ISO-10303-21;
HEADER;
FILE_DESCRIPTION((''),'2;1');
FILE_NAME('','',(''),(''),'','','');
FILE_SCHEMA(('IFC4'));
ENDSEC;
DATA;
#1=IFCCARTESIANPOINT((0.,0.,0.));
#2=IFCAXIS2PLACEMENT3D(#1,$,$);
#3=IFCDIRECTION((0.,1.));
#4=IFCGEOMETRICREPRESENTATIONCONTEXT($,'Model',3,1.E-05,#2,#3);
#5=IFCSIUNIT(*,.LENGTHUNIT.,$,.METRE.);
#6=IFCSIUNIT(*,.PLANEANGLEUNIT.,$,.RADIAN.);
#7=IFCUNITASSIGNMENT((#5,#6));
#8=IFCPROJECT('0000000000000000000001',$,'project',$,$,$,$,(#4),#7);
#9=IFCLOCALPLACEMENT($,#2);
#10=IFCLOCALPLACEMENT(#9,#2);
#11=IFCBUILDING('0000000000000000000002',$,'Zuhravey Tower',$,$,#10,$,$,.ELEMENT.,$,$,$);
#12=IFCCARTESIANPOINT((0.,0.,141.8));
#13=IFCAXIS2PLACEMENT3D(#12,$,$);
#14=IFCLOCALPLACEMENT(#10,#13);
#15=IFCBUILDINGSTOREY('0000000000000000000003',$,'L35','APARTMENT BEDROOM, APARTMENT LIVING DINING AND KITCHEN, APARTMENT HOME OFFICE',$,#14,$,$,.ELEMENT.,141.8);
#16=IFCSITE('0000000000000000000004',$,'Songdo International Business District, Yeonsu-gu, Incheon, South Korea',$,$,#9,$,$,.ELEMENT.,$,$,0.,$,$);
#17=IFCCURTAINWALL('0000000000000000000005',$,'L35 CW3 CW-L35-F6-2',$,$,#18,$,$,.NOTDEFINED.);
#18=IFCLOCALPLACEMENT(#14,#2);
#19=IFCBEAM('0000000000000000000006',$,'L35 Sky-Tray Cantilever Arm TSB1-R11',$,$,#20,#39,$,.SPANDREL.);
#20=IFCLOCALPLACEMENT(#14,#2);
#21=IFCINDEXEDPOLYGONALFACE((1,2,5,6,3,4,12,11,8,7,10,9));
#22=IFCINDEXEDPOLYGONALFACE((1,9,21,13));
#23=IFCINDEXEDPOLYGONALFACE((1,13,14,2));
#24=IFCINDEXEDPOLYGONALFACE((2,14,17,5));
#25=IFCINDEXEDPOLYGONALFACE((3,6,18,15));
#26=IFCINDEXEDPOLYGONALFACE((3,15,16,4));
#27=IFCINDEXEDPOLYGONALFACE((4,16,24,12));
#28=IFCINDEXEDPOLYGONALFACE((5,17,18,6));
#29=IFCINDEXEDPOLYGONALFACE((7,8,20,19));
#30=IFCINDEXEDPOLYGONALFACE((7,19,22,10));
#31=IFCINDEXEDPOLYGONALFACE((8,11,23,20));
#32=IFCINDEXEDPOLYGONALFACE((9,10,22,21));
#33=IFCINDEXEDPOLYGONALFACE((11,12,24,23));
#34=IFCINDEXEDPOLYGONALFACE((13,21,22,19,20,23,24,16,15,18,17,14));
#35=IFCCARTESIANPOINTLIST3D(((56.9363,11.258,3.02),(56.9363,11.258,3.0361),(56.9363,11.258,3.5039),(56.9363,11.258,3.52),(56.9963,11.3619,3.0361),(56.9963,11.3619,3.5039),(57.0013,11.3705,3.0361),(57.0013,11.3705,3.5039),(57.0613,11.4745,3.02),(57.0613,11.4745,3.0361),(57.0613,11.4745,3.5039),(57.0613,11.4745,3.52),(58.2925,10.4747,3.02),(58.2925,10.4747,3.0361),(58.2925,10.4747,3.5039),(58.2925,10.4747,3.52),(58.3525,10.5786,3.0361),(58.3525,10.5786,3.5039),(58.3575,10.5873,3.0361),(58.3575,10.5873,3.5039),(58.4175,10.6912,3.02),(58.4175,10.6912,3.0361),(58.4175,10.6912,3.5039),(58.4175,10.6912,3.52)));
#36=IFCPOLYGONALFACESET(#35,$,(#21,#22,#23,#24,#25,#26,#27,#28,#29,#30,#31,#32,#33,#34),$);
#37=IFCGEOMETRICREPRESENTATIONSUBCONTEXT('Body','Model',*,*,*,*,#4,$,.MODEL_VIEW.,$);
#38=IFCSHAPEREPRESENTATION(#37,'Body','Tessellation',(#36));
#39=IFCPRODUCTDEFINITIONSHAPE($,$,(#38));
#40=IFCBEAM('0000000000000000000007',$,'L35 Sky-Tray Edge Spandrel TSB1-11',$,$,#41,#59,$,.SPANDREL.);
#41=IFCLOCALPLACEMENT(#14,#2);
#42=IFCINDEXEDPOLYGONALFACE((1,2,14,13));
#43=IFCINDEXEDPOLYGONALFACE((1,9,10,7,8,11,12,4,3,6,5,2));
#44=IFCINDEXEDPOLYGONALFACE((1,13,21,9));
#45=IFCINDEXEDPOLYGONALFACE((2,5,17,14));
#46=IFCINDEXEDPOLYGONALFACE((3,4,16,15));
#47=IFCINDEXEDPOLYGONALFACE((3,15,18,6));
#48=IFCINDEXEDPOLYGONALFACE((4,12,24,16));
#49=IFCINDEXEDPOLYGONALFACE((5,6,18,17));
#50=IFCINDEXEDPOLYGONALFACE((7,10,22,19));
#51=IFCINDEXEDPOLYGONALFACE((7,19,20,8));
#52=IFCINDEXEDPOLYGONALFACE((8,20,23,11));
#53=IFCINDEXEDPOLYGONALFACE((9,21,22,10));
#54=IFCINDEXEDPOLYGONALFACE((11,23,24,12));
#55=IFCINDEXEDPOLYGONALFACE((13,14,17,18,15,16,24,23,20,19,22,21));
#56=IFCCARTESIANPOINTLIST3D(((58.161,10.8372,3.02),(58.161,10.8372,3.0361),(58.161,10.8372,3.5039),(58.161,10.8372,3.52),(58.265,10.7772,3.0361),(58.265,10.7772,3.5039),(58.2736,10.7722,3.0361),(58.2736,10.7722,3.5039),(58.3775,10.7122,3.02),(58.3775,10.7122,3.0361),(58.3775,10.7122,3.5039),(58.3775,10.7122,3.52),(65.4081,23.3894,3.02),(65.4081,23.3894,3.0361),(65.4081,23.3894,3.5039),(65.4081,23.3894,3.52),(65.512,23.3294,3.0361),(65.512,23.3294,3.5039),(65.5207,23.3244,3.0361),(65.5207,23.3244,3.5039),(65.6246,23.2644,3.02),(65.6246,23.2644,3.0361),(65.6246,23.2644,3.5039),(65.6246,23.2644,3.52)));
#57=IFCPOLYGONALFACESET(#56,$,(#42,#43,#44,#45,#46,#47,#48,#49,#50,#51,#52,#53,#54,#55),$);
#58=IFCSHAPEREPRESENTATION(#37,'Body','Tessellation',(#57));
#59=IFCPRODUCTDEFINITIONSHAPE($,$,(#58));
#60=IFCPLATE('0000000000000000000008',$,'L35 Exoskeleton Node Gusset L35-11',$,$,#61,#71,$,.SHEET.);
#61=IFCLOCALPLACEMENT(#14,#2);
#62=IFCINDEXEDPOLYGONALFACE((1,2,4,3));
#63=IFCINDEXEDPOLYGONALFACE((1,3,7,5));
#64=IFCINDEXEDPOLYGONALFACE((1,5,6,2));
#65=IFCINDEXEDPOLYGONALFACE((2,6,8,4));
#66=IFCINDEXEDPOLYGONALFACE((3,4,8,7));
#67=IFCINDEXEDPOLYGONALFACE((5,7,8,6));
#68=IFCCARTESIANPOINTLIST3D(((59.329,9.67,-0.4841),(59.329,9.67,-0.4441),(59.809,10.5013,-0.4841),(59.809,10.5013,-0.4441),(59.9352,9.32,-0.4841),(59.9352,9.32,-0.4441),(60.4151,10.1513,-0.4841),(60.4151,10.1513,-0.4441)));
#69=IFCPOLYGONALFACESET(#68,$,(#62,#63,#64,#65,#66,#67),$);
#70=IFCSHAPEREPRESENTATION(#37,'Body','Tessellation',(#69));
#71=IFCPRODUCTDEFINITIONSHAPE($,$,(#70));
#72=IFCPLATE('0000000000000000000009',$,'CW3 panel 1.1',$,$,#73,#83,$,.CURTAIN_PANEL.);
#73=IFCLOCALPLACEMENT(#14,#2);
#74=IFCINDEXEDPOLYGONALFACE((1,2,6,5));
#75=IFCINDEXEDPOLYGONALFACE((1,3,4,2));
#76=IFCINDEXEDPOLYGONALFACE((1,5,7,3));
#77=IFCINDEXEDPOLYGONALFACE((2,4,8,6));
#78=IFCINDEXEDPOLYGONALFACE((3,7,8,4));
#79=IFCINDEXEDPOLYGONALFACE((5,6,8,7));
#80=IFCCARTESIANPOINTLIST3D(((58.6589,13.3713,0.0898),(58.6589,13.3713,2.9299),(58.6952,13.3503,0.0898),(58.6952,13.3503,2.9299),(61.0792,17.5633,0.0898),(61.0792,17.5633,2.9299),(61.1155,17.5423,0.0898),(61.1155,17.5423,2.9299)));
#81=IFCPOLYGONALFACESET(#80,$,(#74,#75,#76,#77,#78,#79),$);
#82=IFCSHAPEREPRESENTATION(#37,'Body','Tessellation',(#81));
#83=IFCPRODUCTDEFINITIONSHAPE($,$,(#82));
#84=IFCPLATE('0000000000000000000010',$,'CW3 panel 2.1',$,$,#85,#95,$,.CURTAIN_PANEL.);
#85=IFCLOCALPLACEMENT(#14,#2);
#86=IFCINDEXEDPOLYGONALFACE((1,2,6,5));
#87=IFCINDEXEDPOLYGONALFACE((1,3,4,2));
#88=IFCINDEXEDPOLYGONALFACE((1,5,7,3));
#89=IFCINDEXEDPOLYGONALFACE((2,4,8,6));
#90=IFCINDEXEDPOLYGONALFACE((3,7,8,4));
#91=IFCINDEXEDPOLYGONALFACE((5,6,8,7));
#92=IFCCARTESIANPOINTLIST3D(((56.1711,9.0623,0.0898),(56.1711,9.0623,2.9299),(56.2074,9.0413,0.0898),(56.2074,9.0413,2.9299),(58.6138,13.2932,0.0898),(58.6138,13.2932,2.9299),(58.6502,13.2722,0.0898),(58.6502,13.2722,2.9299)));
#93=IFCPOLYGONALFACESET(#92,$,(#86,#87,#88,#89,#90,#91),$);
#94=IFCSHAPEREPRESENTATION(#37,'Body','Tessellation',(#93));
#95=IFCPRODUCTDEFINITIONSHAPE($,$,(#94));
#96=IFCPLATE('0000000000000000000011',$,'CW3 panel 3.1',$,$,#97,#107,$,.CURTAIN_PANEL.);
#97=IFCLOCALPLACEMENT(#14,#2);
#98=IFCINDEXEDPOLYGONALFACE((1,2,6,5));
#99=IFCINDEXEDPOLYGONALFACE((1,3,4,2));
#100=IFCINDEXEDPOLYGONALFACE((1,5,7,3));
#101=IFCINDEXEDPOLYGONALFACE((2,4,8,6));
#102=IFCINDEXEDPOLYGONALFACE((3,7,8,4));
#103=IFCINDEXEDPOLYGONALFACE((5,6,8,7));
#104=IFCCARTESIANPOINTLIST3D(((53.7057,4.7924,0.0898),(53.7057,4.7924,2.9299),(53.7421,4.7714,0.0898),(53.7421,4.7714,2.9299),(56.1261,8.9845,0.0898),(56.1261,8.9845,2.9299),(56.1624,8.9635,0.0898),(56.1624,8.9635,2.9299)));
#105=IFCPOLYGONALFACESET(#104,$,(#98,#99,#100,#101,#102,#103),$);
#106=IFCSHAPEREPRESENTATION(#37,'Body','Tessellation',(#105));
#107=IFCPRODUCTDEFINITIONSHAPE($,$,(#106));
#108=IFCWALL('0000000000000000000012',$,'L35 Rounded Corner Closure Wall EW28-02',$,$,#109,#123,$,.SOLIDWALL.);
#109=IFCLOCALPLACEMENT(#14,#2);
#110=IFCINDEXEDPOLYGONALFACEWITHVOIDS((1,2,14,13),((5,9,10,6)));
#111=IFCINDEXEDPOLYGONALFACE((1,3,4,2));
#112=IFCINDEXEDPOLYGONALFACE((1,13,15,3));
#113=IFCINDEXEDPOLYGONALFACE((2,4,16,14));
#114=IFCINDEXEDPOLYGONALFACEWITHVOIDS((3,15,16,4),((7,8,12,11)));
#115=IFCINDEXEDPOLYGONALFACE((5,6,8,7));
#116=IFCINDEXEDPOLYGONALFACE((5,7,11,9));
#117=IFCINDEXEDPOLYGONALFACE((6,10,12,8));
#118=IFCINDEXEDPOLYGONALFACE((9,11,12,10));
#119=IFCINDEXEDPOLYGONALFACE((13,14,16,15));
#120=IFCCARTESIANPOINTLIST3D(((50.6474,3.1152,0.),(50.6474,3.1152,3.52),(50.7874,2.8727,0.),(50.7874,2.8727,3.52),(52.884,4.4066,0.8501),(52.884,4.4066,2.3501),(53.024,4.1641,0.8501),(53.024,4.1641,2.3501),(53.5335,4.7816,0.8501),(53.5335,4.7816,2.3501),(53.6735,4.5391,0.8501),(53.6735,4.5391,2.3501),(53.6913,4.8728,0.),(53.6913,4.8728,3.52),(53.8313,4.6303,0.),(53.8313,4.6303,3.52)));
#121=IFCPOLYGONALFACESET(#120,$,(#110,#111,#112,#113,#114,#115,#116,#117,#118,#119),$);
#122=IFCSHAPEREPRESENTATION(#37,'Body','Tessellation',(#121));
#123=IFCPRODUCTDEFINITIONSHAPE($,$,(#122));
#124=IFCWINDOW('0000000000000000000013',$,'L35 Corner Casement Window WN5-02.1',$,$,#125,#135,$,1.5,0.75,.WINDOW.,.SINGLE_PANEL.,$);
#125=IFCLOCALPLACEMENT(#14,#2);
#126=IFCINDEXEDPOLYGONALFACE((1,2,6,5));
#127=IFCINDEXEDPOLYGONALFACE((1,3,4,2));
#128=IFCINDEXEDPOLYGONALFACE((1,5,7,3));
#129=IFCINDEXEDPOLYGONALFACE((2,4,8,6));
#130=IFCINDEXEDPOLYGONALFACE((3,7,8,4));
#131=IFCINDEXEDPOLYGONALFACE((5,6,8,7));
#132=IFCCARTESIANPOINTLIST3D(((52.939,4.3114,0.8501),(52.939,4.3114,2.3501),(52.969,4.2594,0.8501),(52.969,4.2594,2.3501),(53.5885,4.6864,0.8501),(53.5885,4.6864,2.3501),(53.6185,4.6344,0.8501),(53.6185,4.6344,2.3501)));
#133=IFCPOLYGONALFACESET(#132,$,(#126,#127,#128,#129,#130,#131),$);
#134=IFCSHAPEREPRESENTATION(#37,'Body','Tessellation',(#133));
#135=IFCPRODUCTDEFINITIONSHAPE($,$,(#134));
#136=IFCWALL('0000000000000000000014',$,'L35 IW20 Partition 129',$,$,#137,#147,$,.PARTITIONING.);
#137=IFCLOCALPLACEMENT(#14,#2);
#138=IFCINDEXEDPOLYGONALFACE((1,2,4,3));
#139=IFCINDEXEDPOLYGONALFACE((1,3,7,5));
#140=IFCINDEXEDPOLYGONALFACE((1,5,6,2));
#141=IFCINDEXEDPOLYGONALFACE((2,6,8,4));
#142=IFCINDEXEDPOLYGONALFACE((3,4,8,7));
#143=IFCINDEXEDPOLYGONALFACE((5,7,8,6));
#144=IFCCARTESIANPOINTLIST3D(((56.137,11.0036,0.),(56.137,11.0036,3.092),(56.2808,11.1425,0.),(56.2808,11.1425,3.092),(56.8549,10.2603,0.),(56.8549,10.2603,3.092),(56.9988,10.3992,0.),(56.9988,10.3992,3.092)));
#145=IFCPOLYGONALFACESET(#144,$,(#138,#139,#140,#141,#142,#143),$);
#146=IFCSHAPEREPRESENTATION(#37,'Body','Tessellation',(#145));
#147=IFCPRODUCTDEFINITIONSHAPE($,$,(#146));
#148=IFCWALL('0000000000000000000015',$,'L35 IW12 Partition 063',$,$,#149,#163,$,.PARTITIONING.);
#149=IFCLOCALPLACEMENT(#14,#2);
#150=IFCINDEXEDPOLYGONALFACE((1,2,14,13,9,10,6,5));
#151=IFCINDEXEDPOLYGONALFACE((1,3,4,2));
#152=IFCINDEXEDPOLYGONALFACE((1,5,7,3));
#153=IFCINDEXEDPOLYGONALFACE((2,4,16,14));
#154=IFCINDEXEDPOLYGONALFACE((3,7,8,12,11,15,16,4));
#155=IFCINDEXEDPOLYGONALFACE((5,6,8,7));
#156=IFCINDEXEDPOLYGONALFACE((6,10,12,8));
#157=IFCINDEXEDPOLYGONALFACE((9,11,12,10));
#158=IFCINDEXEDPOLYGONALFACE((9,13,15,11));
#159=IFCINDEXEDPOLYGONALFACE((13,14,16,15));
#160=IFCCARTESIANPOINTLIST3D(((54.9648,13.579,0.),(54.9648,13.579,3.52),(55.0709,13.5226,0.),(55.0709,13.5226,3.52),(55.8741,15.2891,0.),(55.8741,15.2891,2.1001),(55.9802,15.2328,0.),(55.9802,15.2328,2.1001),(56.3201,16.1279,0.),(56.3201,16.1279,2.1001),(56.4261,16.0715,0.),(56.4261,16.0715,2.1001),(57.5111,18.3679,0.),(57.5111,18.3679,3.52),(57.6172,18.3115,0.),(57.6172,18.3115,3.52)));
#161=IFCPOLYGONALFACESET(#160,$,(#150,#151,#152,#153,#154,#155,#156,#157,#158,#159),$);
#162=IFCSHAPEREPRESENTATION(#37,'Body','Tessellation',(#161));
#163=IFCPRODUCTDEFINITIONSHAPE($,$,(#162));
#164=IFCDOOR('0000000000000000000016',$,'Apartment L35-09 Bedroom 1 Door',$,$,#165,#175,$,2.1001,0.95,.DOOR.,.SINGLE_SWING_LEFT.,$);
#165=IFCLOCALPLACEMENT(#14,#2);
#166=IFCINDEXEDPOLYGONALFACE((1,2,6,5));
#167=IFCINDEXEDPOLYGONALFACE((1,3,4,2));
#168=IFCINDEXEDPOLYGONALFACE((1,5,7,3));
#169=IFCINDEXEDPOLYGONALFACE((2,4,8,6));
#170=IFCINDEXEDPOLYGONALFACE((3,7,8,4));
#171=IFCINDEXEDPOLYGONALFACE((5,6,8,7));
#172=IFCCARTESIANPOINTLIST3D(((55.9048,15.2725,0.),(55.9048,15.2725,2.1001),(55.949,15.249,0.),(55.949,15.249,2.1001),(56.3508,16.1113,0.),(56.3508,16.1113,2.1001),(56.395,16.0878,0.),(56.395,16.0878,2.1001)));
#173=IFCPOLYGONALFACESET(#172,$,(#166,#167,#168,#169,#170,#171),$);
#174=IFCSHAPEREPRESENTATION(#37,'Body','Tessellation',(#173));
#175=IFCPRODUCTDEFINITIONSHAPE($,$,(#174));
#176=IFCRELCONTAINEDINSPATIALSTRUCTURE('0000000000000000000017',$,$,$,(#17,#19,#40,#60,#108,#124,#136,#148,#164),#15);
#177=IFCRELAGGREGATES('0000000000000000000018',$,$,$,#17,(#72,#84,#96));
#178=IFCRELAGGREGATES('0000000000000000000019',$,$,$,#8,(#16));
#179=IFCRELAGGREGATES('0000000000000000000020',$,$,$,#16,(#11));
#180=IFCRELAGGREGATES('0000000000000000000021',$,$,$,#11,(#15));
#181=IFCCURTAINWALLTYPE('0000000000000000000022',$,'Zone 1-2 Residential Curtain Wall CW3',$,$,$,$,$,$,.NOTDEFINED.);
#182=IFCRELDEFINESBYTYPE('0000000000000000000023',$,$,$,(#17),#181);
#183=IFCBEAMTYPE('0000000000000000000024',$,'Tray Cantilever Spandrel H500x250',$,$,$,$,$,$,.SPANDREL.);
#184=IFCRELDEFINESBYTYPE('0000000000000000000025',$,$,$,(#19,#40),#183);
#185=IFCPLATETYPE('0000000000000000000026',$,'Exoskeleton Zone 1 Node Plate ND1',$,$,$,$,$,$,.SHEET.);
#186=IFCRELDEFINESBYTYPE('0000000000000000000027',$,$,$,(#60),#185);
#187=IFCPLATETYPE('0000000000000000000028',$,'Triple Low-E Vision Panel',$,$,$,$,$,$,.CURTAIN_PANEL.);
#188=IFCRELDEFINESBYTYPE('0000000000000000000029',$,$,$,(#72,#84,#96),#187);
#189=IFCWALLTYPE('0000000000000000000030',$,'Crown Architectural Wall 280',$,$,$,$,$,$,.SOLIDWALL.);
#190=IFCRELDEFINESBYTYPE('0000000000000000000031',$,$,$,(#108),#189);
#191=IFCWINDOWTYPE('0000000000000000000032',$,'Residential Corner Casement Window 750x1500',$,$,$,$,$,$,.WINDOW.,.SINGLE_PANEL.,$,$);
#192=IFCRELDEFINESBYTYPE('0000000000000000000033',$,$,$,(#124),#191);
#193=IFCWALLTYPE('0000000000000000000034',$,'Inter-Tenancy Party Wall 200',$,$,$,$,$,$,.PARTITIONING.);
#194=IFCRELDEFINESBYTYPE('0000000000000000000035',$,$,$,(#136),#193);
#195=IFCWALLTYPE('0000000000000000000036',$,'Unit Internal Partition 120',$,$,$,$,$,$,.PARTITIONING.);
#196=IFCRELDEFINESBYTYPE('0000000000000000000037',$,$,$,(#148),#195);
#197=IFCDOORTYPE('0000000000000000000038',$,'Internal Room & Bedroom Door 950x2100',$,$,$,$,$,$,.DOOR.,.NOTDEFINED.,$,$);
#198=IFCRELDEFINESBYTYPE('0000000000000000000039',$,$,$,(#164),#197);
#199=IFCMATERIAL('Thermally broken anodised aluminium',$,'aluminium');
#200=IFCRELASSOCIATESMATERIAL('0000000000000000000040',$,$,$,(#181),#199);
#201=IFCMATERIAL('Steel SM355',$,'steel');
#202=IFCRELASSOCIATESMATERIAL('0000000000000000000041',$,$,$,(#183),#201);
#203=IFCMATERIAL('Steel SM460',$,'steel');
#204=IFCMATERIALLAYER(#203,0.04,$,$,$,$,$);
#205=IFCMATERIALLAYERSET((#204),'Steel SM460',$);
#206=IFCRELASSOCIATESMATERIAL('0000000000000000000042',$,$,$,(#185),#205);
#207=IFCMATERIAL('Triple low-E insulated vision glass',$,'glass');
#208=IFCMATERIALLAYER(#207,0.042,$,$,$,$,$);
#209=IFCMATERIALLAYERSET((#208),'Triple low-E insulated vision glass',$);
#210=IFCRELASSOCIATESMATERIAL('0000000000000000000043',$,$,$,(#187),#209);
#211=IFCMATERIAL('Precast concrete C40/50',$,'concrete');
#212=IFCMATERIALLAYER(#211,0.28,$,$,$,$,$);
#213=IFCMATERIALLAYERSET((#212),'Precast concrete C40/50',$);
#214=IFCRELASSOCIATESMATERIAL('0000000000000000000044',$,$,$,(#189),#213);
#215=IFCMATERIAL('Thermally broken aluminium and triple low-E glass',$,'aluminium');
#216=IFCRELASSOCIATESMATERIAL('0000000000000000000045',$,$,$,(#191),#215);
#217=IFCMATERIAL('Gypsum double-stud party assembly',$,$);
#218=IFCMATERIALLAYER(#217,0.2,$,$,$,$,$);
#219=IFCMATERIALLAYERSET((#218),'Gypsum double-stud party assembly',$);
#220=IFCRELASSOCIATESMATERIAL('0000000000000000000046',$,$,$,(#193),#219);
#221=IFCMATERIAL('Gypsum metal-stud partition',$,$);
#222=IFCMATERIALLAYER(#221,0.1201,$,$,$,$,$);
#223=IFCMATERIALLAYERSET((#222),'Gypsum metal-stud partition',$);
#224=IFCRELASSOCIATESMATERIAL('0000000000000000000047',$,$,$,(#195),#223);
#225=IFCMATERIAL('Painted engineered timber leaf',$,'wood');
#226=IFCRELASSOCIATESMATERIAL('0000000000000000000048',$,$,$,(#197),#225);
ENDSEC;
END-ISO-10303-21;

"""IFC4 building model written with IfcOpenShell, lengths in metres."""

from ifc_helpers import new_model, si_unit, direction, frame, frame_2d, origin, origin_2d, place, context, subcontext, project, spatial, rectangle, i_section, extrude, material, layer, layer_set, material_profile, profile_set, type_object, element, fill, aggregate, save


model = new_model("IFC4")

# Units and contexts
model_context = context("Model", 3, precision=1e-05, world=origin(), true_north=direction((0.0, 1.0)))
body_context = subcontext(model_context, "Body", "Model", "MODEL_VIEW")
ifc_project = project(units=[si_unit("LENGTHUNIT", "METRE"), si_unit("PLANEANGLEUNIT", "RADIAN")], contexts=[model_context])

# Site, building, storey
site_placement = place(None, origin())
site = spatial("IfcSite", under=ifc_project, at=site_placement, Name="Songdo International Business District, Yeonsu-gu, Incheon, South Korea", CompositionType="ELEMENT", RefElevation=0.0)
building_placement = place(site_placement, origin())
building = spatial("IfcBuilding", under=site, at=building_placement, Name="Zuhravey Tower", CompositionType="ELEMENT")
storey_placement = place(building_placement, frame((0.0, 0.0, 141.8)))
storey = spatial("IfcBuildingStorey", under=building, at=storey_placement, Name="L35", Description="APARTMENT BEDROOM, APARTMENT LIVING DINING AND KITCHEN, APARTMENT HOME OFFICE", CompositionType="ELEMENT", Elevation=141.8)

# Curtain wall
ifc_material_1 = material(Name="Thermally broken anodised aluminium", Category="aluminium")
curtain_wall_type = type_object("IfcCurtainWallType", Name="Zone 1-2 Residential Curtain Wall CW3", PredefinedType="NOTDEFINED", material=ifc_material_1)
curtain_wall_1_placement = place(storey_placement, origin())
curtain_wall_1 = element("IfcCurtainWall", 1, at=curtain_wall_1_placement, inside=storey, type_object=curtain_wall_type, Name="L35 CW3 CW-L35-F6-2", PredefinedType="NOTDEFINED")

# Shared definitions
ifc_material_2 = material(Name="Steel SM460", Category="steel")

# Shared definitions
ifc_material_3 = material(Name="Steel SM355", Category="steel")

# Beams
ifc_material_profile_1 = material_profile(ifc_material_3, i_section(OverallWidth=0.25, OverallDepth=0.5, WebThickness=0.01, FlangeThickness=0.0161, at=origin_2d()), Name="H-500x250x10x16")
ifc_profile_set_1 = profile_set([ifc_material_profile_1], Name="Steel SM355")
beam_type_1 = type_object("IfcBeamType", Name="Tray Cantilever Spandrel H500x250", PredefinedType="SPANDREL", material=ifc_profile_set_1)
beam_1_placement = place(storey_placement, frame((56.9988, 11.3662, 3.27), z_axis=(0.86597, -0.500096, 0.0), x_axis=(0.500096, 0.86597, 0.0)))
element("IfcBeam", 2, at=beam_1_placement, inside=storey, type_object=beam_type_1, Name="L35 Sky-Tray Cantilever Arm TSB1-R11", PredefinedType="SPANDREL", context=body_context, shape_type="SweptSolid", body=[
    extrude(i_section(OverallWidth=0.25, OverallDepth=0.5, WebThickness=0.01, FlangeThickness=0.0161, at=origin_2d()), origin(), (0.0, 0.0, 1.0), 1.5662),
])
beam_2_placement = place(storey_placement, frame((58.2693, 10.7747, 3.27), z_axis=(0.500001, 0.866025, 0.0), x_axis=(-0.866025, 0.500001, 0.0)))
element("IfcBeam", 3, at=beam_2_placement, inside=storey, type_object=beam_type_1, Name="L35 Sky-Tray Edge Spandrel TSB1-11", PredefinedType="SPANDREL", context=body_context, shape_type="SweptSolid", body=[
    extrude(i_section(OverallWidth=0.25, OverallDepth=0.5, WebThickness=0.01, FlangeThickness=0.0161, at=origin_2d()), origin(), (0.0, 0.0, 1.0), 14.4941),
])

# Plates
ifc_layer_1 = layer(ifc_material_2, 0.04)
ifc_layer_set_1 = layer_set([ifc_layer_1], Name="Steel SM460")
plate_type_1 = type_object("IfcPlateType", Name="Exoskeleton Zone 1 Node Plate ND1", PredefinedType="SHEET", material=ifc_layer_set_1)
plate_1_placement = place(storey_placement, frame((59.8721, 9.9106, -0.4841), z_axis=(0.0, 0.0, 1.0), x_axis=(0.5, 0.866025, 0.0)))
element("IfcPlate", 4, at=plate_1_placement, inside=storey, type_object=plate_type_1, Name="L35 Exoskeleton Node Gusset L35-11", PredefinedType="SHEET", context=body_context, shape_type="SweptSolid", body=[
    extrude(rectangle(XDim=0.96, YDim=0.7, at=origin_2d()), origin(), (0.0, 0.0, 1.0), 0.04),
])
ifc_material_4 = material(Name="Triple low-E insulated vision glass", Category="glass")
ifc_layer_2 = layer(ifc_material_4, 0.042)
ifc_layer_set_2 = layer_set([ifc_layer_2], Name="Triple low-E insulated vision glass")
plate_type_2 = type_object("IfcPlateType", Name="Triple Low-E Vision Panel", PredefinedType="CURTAIN_PANEL", material=ifc_layer_set_2)
plate_2_placement = place(storey_placement, frame((59.8872, 15.4568, 0.0898), z_axis=(0.0, 0.0, 1.0), x_axis=(-0.500003, -0.866023, 0.0)))
plate_2 = element("IfcPlate", 5, at=plate_2_placement, type_object=plate_type_2, Name="CW3 panel 1.1", PredefinedType="CURTAIN_PANEL", context=body_context, shape_type="SweptSolid", body=[
    extrude(rectangle(XDim=4.8406, YDim=0.042, at=origin_2d()), origin(), (0.0, 0.0, 1.0), 2.8401),
])
plate_3_placement = place(storey_placement, frame((57.4106, 11.1672, 0.0898), z_axis=(0.0, 0.0, 1.0), x_axis=(-0.500003, -0.866023, 0.0)))
plate_3 = element("IfcPlate", 6, at=plate_3_placement, type_object=plate_type_2, Name="CW3 panel 2.1", PredefinedType="CURTAIN_PANEL", context=body_context, shape_type="SweptSolid", body=[
    extrude(rectangle(XDim=4.8855, YDim=0.042, at=origin_2d()), origin(), (0.0, 0.0, 1.0), 2.8401),
])
plate_4_placement = place(storey_placement, frame((54.9341, 6.8779, 0.0898), z_axis=(0.0, 0.0, 1.0), x_axis=(-0.500003, -0.866023, 0.0)))
plate_4 = element("IfcPlate", 7, at=plate_4_placement, type_object=plate_type_2, Name="CW3 panel 3.1", PredefinedType="CURTAIN_PANEL", context=body_context, shape_type="SweptSolid", body=[
    extrude(rectangle(XDim=4.8406, YDim=0.042, at=origin_2d()), origin(), (0.0, 0.0, 1.0), 2.8401),
])
aggregate(curtain_wall_1, [plate_2, plate_3, plate_4])

# Wall, opening, window
ifc_material_5 = material(Name="Precast concrete C40/50", Category="concrete")
ifc_layer_3 = layer(ifc_material_5, 0.28)
ifc_layer_set_3 = layer_set([ifc_layer_3], Name="Precast concrete C40/50")
wall_type_1 = type_object("IfcWallType", Name="Crown Architectural Wall 280", PredefinedType="SOLIDWALL", material=ifc_layer_set_3)
wall_1_placement = place(storey_placement, frame((53.7612, 4.7515, 0.0), z_axis=(0.0, 0.0, 1.0), x_axis=(-0.866007, -0.500031, 0.0)))
wall_1 = element("IfcWall", 8, at=wall_1_placement, inside=storey, type_object=wall_type_1, Name="L35 Rounded Corner Closure Wall EW28-02", PredefinedType="SOLIDWALL", context=body_context, shape_type="SweptSolid", body=[
    extrude(rectangle(XDim=3.5149, YDim=0.28, at=frame_2d((1.7573, 0.0))), origin(), (0.0, 0.0, 1.0), 3.52),
])
opening_1_placement = place(wall_1_placement, frame((0.1821, 0.0, 0.8501)))
opening_1 = element("IfcOpeningElement", 9, at=opening_1_placement, cuts=wall_1, PredefinedType="OPENING", context=body_context, shape_type="SweptSolid", body=[
    extrude(rectangle(XDim=0.75, YDim=1.5, at=frame_2d((0.375, 0.75))), frame((0.0, 0.1521, 0.0), z_axis=(0.0, -1.0, 0.0), x_axis=(1.0, 0.0, 0.0)), (0.0, 0.0, 1.0), 0.304),
])
ifc_material_6 = material(Name="Thermally broken aluminium and triple low-E glass", Category="aluminium")
window_type = type_object("IfcWindowType", Name="Residential Corner Casement Window 750x1500", PartitioningType="SINGLE_PANEL", PredefinedType="WINDOW", material=ifc_material_6)
window_placement = place(opening_1_placement, origin())
window = element("IfcWindow", 10, at=window_placement, inside=storey, type_object=window_type, Name="L35 Corner Casement Window WN5-02.1", OverallHeight=1.5, OverallWidth=0.75, PartitioningType="SINGLE_PANEL", PredefinedType="WINDOW", context=body_context, shape_type="SweptSolid", body=[
    extrude(rectangle(XDim=0.75, YDim=1.5, at=frame_2d((0.375, 0.75))), frame((0.0, 0.03, 0.0), z_axis=(0.0, -1.0, 0.0), x_axis=(1.0, 0.0, 0.0)), (0.0, 0.0, 1.0), 0.0601),
])
fill(opening_1, window)

# Wall
ifc_material_7 = material(Name="Gypsum double-stud party assembly")
ifc_layer_4 = layer(ifc_material_7, 0.2)
ifc_layer_set_4 = layer_set([ifc_layer_4], Name="Gypsum double-stud party assembly")
wall_type_2 = type_object("IfcWallType", Name="Inter-Tenancy Party Wall 200", PredefinedType="PARTITIONING", material=ifc_layer_set_4)
wall_2_placement = place(storey_placement, frame((56.209, 11.073, 0.0), z_axis=(0.0, 0.0, 1.0), x_axis=(0.694717, -0.719283, 0.0)))
element("IfcWall", 11, at=wall_2_placement, inside=storey, type_object=wall_type_2, Name="L35 IW20 Partition 129", PredefinedType="PARTITIONING", context=body_context, shape_type="SweptSolid", body=[
    extrude(rectangle(XDim=1.0334, YDim=0.2, at=frame_2d((0.5166, 0.0))), origin(), (0.0, 0.0, 1.0), 3.092),
])

# Wall, opening, door
ifc_material_8 = material(Name="Gypsum metal-stud partition")
ifc_layer_5 = layer(ifc_material_8, 0.1201)
ifc_layer_set_5 = layer_set([ifc_layer_5], Name="Gypsum metal-stud partition")
wall_type_3 = type_object("IfcWallType", Name="Unit Internal Partition 120", PredefinedType="PARTITIONING", material=ifc_layer_set_5)
wall_3_placement = place(storey_placement, frame((55.0178, 13.5508, 0.0), z_axis=(0.0, 0.0, 1.0), x_axis=(0.469471, 0.882948, 0.0)))
wall_3 = element("IfcWall", 12, at=wall_3_placement, inside=storey, type_object=wall_type_3, Name="L35 IW12 Partition 063", PredefinedType="PARTITIONING", context=body_context, shape_type="SweptSolid", body=[
    extrude(rectangle(XDim=5.4238, YDim=0.1201, at=frame_2d((2.7119, 0.0))), origin(), (0.0, 0.0, 1.0), 3.52),
])
opening_2_placement = place(wall_3_placement, frame((1.9368, 0.0, 0.0)))
opening_2 = element("IfcOpeningElement", 13, at=opening_2_placement, cuts=wall_3, PredefinedType="OPENING", context=body_context, shape_type="SweptSolid", body=[
    extrude(rectangle(XDim=0.95, YDim=2.1001, at=frame_2d((0.4751, 1.05))), frame((0.0, 0.072, 0.0), z_axis=(0.0, -1.0, 0.0), x_axis=(1.0, 0.0, 0.0)), (0.0, 0.0, 1.0), 0.144),
])
ifc_material_9 = material(Name="Painted engineered timber leaf", Category="wood")
door_type = type_object("IfcDoorType", Name="Internal Room & Bedroom Door 950x2100", OperationType="NOTDEFINED", PredefinedType="DOOR", material=ifc_material_9)
door_placement = place(opening_2_placement, frame((0.95, 0.0, 0.0), z_axis=(0.0, 0.0, 1.0), x_axis=(-1.0, 0.0, 0.0)))
door = element("IfcDoor", 14, at=door_placement, inside=storey, type_object=door_type, Name="Apartment L35-09 Bedroom 1 Door", OperationType="SINGLE_SWING_LEFT", OverallHeight=2.1001, OverallWidth=0.95, PredefinedType="DOOR", context=body_context, shape_type="SweptSolid", body=[
    extrude(rectangle(XDim=0.95, YDim=2.1001, at=frame_2d((0.4751, 1.05))), frame((0.0, 0.0249, 0.0), z_axis=(0.0, -1.0, 0.0), x_axis=(1.0, 0.0, 0.0)), (0.0, 0.0, 1.0), 0.05),
])
fill(opening_2, door)

save(model, "model.ifc")
